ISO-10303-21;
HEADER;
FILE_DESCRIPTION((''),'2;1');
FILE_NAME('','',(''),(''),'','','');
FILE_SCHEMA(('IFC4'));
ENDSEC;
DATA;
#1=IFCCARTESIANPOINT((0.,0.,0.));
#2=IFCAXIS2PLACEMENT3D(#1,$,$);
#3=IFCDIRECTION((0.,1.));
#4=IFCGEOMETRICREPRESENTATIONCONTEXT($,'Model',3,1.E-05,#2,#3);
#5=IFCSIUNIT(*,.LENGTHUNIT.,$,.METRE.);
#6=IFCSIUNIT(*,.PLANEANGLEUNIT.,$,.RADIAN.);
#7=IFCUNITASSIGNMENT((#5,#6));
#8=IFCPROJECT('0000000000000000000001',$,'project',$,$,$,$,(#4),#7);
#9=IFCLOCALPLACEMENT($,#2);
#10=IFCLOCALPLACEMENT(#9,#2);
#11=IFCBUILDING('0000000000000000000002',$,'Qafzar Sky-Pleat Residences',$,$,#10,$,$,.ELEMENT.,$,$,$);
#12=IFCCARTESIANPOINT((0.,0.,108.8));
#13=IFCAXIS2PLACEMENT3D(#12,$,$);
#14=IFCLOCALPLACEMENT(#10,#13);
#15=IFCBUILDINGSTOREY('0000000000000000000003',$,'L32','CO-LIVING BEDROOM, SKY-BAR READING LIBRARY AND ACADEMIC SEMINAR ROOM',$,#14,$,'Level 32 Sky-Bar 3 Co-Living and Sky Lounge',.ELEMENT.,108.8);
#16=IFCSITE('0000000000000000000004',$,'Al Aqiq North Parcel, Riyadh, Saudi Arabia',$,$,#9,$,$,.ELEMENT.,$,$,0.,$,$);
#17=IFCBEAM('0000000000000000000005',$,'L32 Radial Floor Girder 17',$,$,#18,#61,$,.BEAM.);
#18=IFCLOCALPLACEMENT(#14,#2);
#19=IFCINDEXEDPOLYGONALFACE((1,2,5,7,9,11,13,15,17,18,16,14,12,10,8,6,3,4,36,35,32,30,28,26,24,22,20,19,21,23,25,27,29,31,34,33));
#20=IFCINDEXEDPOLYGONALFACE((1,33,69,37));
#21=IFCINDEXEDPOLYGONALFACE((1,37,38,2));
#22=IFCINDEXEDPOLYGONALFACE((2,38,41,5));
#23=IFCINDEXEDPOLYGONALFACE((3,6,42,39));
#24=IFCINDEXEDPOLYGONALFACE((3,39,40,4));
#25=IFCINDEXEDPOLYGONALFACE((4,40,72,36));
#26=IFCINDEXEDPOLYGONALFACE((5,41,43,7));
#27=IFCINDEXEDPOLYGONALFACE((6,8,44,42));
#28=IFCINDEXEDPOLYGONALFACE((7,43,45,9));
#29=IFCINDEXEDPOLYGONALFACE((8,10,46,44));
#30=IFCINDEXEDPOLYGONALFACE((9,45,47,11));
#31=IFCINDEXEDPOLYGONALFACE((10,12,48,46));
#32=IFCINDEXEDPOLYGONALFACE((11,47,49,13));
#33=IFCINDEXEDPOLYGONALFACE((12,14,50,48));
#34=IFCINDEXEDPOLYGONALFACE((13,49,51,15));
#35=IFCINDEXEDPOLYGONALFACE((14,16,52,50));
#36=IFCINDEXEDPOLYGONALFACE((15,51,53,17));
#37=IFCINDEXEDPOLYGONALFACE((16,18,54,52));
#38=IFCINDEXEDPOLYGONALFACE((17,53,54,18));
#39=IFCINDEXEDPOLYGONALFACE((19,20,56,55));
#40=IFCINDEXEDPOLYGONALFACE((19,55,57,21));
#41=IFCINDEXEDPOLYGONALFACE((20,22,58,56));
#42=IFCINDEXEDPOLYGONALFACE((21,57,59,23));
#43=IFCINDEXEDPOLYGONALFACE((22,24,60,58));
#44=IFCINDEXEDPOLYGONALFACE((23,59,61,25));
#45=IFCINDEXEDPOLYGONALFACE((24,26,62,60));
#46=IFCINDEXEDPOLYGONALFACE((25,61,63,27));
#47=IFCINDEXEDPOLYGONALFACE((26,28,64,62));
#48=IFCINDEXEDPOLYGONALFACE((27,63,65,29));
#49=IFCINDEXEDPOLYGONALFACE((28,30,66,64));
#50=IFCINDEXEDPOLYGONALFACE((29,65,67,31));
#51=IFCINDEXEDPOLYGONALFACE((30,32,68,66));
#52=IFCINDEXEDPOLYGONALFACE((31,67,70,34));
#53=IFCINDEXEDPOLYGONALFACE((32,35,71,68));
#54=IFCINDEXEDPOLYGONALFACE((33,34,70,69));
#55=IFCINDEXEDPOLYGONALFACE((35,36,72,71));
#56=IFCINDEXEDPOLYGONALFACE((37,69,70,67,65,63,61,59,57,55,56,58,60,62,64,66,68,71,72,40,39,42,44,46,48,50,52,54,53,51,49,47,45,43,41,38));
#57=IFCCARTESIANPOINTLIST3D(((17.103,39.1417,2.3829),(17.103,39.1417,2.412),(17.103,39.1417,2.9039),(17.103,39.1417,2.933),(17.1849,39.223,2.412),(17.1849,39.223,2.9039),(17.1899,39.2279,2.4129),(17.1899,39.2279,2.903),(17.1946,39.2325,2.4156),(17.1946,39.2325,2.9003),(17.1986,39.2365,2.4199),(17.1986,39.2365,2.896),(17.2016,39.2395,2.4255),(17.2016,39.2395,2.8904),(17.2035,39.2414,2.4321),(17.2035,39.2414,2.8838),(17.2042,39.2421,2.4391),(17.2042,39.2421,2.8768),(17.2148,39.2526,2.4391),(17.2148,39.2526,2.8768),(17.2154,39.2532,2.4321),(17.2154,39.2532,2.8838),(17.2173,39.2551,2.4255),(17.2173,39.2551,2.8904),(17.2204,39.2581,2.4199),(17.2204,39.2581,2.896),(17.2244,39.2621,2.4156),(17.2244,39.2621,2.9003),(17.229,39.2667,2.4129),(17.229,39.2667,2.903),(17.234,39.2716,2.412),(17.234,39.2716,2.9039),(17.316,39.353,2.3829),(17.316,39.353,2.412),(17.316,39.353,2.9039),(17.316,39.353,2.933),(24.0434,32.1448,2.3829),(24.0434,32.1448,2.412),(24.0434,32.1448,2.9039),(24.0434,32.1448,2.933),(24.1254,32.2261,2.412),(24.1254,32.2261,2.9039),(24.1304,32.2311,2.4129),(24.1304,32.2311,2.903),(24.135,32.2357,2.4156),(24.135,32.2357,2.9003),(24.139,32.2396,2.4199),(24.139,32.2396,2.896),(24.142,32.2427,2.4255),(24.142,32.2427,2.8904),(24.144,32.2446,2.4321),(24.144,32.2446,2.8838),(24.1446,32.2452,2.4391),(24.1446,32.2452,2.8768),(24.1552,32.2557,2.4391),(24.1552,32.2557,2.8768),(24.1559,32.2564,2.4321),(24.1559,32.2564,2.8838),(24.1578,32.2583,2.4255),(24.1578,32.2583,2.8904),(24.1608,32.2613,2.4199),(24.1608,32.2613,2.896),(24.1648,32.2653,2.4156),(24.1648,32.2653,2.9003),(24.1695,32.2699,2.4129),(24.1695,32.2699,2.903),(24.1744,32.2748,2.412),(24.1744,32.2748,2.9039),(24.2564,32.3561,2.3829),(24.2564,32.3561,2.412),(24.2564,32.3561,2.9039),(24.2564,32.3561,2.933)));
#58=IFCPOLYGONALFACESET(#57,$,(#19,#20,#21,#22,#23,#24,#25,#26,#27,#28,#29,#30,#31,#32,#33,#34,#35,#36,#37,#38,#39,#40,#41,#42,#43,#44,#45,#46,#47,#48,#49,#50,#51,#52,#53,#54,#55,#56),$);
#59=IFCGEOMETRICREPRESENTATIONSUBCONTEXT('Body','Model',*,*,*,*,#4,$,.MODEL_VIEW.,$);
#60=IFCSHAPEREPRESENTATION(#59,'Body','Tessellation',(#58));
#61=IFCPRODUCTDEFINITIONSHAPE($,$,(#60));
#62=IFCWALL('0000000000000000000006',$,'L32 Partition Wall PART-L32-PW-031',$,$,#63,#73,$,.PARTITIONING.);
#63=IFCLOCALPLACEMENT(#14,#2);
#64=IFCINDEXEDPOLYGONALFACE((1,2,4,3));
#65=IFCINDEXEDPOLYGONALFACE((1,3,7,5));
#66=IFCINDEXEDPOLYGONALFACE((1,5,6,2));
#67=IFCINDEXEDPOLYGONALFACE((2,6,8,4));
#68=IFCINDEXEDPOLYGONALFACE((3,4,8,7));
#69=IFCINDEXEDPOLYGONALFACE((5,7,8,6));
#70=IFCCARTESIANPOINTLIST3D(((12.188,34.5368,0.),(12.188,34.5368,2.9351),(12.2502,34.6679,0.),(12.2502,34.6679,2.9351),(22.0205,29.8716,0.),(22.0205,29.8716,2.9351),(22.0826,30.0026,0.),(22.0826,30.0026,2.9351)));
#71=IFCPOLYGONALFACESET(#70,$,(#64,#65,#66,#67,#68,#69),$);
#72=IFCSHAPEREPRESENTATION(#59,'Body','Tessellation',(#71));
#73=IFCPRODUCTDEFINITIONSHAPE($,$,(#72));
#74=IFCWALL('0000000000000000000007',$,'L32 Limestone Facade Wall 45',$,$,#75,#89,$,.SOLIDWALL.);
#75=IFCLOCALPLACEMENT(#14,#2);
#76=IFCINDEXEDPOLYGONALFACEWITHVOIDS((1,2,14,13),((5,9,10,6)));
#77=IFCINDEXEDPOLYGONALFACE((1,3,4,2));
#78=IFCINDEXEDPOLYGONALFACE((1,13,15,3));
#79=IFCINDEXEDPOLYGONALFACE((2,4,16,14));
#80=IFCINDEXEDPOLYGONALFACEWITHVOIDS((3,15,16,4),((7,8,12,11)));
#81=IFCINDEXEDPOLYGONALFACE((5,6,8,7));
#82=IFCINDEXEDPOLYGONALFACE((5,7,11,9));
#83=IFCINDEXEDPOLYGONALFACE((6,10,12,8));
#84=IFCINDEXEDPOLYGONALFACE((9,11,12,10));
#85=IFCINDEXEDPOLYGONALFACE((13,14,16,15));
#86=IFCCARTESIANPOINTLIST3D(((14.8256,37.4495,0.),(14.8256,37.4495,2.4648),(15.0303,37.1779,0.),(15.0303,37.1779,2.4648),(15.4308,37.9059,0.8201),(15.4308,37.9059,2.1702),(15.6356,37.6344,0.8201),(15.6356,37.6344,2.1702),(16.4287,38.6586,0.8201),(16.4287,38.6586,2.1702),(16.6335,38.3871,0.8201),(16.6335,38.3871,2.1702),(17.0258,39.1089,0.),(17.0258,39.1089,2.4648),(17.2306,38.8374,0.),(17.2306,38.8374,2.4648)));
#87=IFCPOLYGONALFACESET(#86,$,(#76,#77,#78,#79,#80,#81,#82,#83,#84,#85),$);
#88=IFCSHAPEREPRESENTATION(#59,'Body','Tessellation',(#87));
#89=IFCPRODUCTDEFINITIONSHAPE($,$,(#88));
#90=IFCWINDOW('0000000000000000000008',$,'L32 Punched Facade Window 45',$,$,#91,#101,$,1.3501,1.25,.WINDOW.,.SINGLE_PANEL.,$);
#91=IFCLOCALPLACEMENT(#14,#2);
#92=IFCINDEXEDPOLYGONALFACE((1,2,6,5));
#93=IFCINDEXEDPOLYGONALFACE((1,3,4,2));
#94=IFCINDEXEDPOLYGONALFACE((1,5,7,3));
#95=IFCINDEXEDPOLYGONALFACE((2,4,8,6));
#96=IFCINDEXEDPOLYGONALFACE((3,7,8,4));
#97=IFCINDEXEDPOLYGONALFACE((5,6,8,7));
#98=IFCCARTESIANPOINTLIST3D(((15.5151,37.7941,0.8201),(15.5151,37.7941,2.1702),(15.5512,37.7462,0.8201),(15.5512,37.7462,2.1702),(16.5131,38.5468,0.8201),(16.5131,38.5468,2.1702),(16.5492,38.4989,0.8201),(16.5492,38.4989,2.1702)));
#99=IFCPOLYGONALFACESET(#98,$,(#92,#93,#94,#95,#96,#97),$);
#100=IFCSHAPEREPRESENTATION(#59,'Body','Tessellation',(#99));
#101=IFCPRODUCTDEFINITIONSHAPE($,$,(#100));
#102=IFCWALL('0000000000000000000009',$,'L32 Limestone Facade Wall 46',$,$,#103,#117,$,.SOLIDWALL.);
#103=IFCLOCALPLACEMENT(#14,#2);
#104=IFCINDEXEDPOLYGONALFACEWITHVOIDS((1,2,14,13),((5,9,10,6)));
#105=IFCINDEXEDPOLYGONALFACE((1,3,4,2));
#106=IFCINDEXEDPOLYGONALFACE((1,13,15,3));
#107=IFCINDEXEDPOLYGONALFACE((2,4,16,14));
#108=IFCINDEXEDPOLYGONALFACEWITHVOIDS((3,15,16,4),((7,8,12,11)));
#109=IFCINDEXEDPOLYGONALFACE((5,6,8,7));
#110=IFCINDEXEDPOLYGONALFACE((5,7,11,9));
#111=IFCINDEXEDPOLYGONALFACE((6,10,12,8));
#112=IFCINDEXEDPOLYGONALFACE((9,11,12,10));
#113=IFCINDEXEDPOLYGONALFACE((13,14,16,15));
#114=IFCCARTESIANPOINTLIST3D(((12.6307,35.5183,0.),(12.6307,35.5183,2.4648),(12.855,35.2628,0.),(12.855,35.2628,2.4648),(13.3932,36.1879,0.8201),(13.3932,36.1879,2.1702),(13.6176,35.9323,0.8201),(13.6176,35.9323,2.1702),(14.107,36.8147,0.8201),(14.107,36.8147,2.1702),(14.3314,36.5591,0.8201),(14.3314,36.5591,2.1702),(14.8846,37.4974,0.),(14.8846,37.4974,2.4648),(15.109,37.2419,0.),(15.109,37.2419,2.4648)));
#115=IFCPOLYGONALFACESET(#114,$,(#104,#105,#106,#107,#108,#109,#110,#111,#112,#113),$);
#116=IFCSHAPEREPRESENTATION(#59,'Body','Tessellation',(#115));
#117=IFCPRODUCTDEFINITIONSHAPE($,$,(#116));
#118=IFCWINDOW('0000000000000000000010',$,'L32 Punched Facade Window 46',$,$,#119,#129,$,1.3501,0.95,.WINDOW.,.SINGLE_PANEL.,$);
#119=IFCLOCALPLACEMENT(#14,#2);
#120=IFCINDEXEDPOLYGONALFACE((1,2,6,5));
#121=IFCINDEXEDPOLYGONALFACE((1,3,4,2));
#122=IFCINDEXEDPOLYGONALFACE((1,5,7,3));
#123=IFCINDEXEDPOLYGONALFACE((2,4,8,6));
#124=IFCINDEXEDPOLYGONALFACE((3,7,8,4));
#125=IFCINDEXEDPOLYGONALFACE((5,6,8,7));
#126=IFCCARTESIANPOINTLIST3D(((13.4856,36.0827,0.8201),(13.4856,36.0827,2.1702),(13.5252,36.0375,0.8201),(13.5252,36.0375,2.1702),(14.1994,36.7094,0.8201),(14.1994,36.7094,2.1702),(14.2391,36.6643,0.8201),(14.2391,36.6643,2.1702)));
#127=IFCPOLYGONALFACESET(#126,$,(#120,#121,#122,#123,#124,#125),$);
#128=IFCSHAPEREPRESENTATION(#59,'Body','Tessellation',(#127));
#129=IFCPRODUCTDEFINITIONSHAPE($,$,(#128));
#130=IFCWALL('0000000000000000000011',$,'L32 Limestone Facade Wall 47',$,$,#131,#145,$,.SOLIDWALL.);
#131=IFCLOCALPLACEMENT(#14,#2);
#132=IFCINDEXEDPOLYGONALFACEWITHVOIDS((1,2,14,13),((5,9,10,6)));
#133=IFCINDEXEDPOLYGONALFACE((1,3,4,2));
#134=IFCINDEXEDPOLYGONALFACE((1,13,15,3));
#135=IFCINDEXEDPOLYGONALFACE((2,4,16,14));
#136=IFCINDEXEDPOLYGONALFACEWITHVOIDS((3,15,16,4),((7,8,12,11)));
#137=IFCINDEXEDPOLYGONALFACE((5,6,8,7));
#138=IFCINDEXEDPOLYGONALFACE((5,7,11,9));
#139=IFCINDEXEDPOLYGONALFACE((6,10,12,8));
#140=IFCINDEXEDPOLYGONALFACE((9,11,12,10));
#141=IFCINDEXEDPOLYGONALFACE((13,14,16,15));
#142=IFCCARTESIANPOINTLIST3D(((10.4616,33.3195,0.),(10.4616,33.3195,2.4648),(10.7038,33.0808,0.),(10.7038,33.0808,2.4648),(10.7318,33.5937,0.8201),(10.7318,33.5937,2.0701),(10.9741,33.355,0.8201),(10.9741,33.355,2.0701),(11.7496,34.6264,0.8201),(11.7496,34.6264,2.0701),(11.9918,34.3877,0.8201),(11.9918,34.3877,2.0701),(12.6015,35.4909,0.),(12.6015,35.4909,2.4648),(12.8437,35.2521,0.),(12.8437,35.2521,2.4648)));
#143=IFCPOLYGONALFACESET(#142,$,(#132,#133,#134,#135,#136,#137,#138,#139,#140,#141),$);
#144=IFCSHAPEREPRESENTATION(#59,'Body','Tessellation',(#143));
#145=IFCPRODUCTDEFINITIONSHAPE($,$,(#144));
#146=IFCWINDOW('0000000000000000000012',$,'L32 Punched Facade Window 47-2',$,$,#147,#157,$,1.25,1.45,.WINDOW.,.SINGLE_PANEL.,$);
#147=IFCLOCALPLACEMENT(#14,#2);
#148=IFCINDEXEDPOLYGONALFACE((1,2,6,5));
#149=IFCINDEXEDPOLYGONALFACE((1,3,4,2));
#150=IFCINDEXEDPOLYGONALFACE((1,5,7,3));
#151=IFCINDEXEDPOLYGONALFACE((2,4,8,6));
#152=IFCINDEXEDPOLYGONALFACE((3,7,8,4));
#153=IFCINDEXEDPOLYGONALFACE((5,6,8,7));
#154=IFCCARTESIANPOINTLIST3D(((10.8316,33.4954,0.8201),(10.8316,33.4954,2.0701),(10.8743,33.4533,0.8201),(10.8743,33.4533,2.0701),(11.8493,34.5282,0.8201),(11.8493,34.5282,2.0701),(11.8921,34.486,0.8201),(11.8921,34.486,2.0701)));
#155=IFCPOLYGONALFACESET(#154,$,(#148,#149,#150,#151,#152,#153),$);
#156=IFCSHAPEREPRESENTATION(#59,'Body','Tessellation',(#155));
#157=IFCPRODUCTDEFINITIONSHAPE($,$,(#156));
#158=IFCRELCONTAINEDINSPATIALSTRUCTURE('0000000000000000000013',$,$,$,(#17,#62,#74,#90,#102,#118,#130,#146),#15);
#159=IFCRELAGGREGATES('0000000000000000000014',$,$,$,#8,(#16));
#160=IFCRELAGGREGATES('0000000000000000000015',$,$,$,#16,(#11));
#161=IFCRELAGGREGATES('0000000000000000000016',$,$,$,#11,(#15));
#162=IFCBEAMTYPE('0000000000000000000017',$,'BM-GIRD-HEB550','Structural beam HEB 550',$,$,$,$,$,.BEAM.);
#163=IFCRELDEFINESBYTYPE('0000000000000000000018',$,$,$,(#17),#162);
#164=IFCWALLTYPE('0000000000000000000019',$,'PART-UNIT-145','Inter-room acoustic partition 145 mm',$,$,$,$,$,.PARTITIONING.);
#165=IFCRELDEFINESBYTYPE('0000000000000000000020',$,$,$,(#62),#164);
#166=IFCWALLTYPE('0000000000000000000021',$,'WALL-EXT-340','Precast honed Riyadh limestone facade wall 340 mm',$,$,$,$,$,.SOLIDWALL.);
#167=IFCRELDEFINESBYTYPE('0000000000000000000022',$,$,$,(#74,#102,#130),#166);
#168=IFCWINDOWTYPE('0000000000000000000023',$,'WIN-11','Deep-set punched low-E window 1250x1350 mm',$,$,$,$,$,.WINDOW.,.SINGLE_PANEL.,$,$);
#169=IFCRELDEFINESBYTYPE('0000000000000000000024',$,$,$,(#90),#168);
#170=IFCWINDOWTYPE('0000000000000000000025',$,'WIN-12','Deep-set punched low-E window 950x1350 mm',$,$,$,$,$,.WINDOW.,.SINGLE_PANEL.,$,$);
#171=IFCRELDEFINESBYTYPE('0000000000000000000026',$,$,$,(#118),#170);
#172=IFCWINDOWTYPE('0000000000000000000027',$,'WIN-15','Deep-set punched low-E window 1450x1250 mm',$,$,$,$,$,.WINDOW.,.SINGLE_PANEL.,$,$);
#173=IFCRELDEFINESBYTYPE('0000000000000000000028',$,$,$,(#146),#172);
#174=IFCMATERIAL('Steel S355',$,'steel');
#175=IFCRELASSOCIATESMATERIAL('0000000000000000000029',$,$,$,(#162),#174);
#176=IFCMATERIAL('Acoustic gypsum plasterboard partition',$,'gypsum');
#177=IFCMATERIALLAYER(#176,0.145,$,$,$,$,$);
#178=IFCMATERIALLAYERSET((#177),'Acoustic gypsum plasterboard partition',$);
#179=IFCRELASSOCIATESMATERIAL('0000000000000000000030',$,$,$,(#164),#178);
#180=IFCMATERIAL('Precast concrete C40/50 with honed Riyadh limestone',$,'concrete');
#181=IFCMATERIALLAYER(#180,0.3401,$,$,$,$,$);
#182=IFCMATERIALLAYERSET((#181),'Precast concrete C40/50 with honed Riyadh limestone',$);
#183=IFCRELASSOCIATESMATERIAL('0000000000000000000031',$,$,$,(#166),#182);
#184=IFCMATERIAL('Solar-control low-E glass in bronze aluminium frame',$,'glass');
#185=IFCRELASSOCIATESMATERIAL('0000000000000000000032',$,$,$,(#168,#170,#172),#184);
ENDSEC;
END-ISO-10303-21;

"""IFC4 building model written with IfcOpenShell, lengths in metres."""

from ifc_helpers import new_model, si_unit, direction, frame, frame_2d, origin, origin_2d, place, context, subcontext, project, spatial, rectangle, i_section, extrude, source, transform, mapped, material, layer, layer_set, material_profile, profile_set, type_object, element, fill, save


model = new_model("IFC4")

# Units and contexts
model_context = context("Model", 3, precision=1e-05, world=origin(), true_north=direction((0.0, 1.0)))
body_context = subcontext(model_context, "Body", "Model", "MODEL_VIEW")
ifc_project = project(units=[si_unit("LENGTHUNIT", "METRE"), si_unit("PLANEANGLEUNIT", "RADIAN")], contexts=[model_context])

# Site, building, storey
site_placement = place(None, origin())
site = spatial("IfcSite", under=ifc_project, at=site_placement, Name="Al Aqiq North Parcel, Riyadh, Saudi Arabia", CompositionType="ELEMENT", RefElevation=0.0)
building_placement = place(site_placement, origin())
building = spatial("IfcBuilding", under=site, at=building_placement, Name="Qafzar Sky-Pleat Residences", CompositionType="ELEMENT")
storey_placement = place(building_placement, frame((0.0, 0.0, 108.8)))
storey = spatial("IfcBuildingStorey", under=building, at=storey_placement, Name="L32", Description="CO-LIVING BEDROOM, SKY-BAR READING LIBRARY AND ACADEMIC SEMINAR ROOM", LongName="Level 32 Sky-Bar 3 Co-Living and Sky Lounge", CompositionType="ELEMENT", Elevation=108.8)

# Beam
ifc_material_1 = material(Name="Steel S355", Category="steel")
ifc_material_profile_1 = material_profile(ifc_material_1, i_section(OverallWidth=0.3, OverallDepth=0.55, WebThickness=0.0149, FlangeThickness=0.0291, FilletRadius=0.0271, at=origin_2d()), Name="HEB 550")
ifc_profile_set_1 = profile_set([ifc_material_profile_1], Name="Steel S355")
beam_type_1 = type_object("IfcBeamType", Name="BM-GIRD-HEB550", Description="Structural beam HEB 550", PredefinedType="BEAM", material=ifc_profile_set_1)
shared_shape_1 = source(origin(), body_context, "Body", "SweptSolid", [
    extrude(i_section(OverallWidth=0.3, OverallDepth=0.55, WebThickness=0.0149, FlangeThickness=0.0291, FilletRadius=0.0271, at=origin_2d()), origin(), (0.0, 0.0, 1.0), 9.8552),
])
beam_1_placement = place(storey_placement, frame((17.2095, 39.2473, 2.658), z_axis=(0.70424, -0.709962, 0.0), x_axis=(0.709962, 0.70424, 0.0)))
element("IfcBeam", 1, at=beam_1_placement, inside=storey, type_object=beam_type_1, Name="L32 Radial Floor Girder 17", PredefinedType="BEAM", context=body_context, shape_type="MappedRepresentation", body=[
    mapped(shared_shape_1, transform((0.0, 0.0, 0.0), x_axis=(1.0, 0.0, 0.0), y_axis=(0.0, 1.0, 0.0), z_axis=(0.0, 0.0, 1.0), scale=1.0)),
])

# Wall
ifc_material_2 = material(Name="Acoustic gypsum plasterboard partition", Category="gypsum")
ifc_layer_1 = layer(ifc_material_2, 0.145)
ifc_layer_set_1 = layer_set([ifc_layer_1], Name="Acoustic gypsum plasterboard partition")
wall_type_1 = type_object("IfcWallType", Name="PART-UNIT-145", Description="Inter-room acoustic partition 145 mm", PredefinedType="PARTITIONING", material=ifc_layer_set_1)
wall_1_placement = place(storey_placement, frame((12.2192, 34.6023, 0.0), z_axis=(0.0, 0.0, 1.0), x_axis=(0.903461, -0.42867, 0.0)))
element("IfcWall", 2, at=wall_1_placement, inside=storey, type_object=wall_type_1, Name="L32 Partition Wall PART-L32-PW-031", PredefinedType="PARTITIONING", context=body_context, shape_type="SweptSolid", body=[
    extrude(rectangle(XDim=10.8831, YDim=0.145, at=frame_2d((5.4414, 0.0))), origin(), (0.0, 0.0, 1.0), 2.9351),
])

# Walls, openings, windows
ifc_material_3 = material(Name="Precast concrete C40/50 with honed Riyadh limestone", Category="concrete")
ifc_layer_2 = layer(ifc_material_3, 0.3401)
ifc_layer_set_2 = layer_set([ifc_layer_2], Name="Precast concrete C40/50 with honed Riyadh limestone")
wall_type_2 = type_object("IfcWallType", Name="WALL-EXT-340", Description="Precast honed Riyadh limestone facade wall 340 mm", PredefinedType="SOLIDWALL", material=ifc_layer_set_2)
wall_2_placement = place(storey_placement, frame((17.1282, 38.9731, 0.0), z_axis=(0.0, 0.0, 1.0), x_axis=(-0.798381, -0.602152, 0.0)))
wall_2 = element("IfcWall", 3, at=wall_2_placement, inside=storey, type_object=wall_type_2, Name="L32 Limestone Facade Wall 45", PredefinedType="SOLIDWALL", context=body_context, shape_type="SweptSolid", body=[
    extrude(rectangle(XDim=2.7559, YDim=0.3401, at=frame_2d((1.3779, 0.0))), origin(), (0.0, 0.0, 1.0), 2.4648),
])
opening_1_placement = place(wall_2_placement, frame((0.7478, 0.0, 0.8201)))
opening_1 = element("IfcOpeningElement", 4, at=opening_1_placement, cuts=wall_2, PredefinedType="OPENING", context=body_context, shape_type="SweptSolid", body=[
    extrude(rectangle(XDim=1.25, YDim=1.3501, at=frame_2d((0.625, 0.675))), frame((0.0, 0.1802, 0.0), z_axis=(0.0, -1.0, 0.0), x_axis=(1.0, 0.0, 0.0)), (0.0, 0.0, 1.0), 0.3601),
])
ifc_material_4 = material(Name="Solar-control low-E glass in bronze aluminium frame", Category="glass")
window_type_1 = type_object("IfcWindowType", Name="WIN-11", Description="Deep-set punched low-E window 1250x1350 mm", PartitioningType="SINGLE_PANEL", PredefinedType="WINDOW", material=ifc_material_4)
shared_shape_2 = source(origin(), body_context, "Body", "SweptSolid", [
    extrude(rectangle(XDim=1.25, YDim=1.3501, at=frame_2d((0.625, 0.675))), frame((0.0, 0.03, 0.0), z_axis=(0.0, -1.0, 0.0), x_axis=(1.0, 0.0, 0.0)), (0.0, 0.0, 1.0), 0.0601),
])
window_1_placement = place(opening_1_placement, origin())
window_1 = element("IfcWindow", 5, at=window_1_placement, inside=storey, type_object=window_type_1, Name="L32 Punched Facade Window 45", OverallHeight=1.3501, OverallWidth=1.25, PartitioningType="SINGLE_PANEL", PredefinedType="WINDOW", context=body_context, shape_type="MappedRepresentation", body=[
    mapped(shared_shape_2, transform((0.0, 0.0, 0.0), x_axis=(1.0, 0.0, 0.0), y_axis=(0.0, 1.0, 0.0), z_axis=(0.0, 0.0, 1.0), scale=1.0)),
])
fill(opening_1, window_1)
wall_3_placement = place(storey_placement, frame((14.9968, 37.3696, 0.0), z_axis=(0.0, 0.0, 1.0), x_axis=(-0.751446, -0.659794, 0.0)))
wall_3 = element("IfcWall", 6, at=wall_3_placement, inside=storey, type_object=wall_type_2, Name="L32 Limestone Facade Wall 46", PredefinedType="SOLIDWALL", context=body_context, shape_type="SweptSolid", body=[
    extrude(rectangle(XDim=2.9995, YDim=0.3401, at=frame_2d((1.4998, 0.0))), origin(), (0.0, 0.0, 1.0), 2.4648),
])
opening_2_placement = place(wall_3_placement, frame((1.0347, 0.0, 0.8201)))
opening_2 = element("IfcOpeningElement", 7, at=opening_2_placement, cuts=wall_3, PredefinedType="OPENING", context=body_context, shape_type="SweptSolid", body=[
    extrude(rectangle(XDim=0.95, YDim=1.3501, at=frame_2d((0.4751, 0.675))), frame((0.0, 0.1802, 0.0), z_axis=(0.0, -1.0, 0.0), x_axis=(1.0, 0.0, 0.0)), (0.0, 0.0, 1.0), 0.3601),
])
window_type_2 = type_object("IfcWindowType", Name="WIN-12", Description="Deep-set punched low-E window 950x1350 mm", PartitioningType="SINGLE_PANEL", PredefinedType="WINDOW", material=ifc_material_4)
shared_shape_3 = source(origin(), body_context, "Body", "SweptSolid", [
    extrude(rectangle(XDim=0.95, YDim=1.3501, at=frame_2d((0.4751, 0.675))), frame((0.0, 0.03, 0.0), z_axis=(0.0, -1.0, 0.0), x_axis=(1.0, 0.0, 0.0)), (0.0, 0.0, 1.0), 0.0601),
])
window_2_placement = place(opening_2_placement, origin())
window_2 = element("IfcWindow", 8, at=window_2_placement, inside=storey, type_object=window_type_2, Name="L32 Punched Facade Window 46", OverallHeight=1.3501, OverallWidth=0.95, PartitioningType="SINGLE_PANEL", PredefinedType="WINDOW", context=body_context, shape_type="MappedRepresentation", body=[
    mapped(shared_shape_3, transform((0.0, 0.0, 0.0), x_axis=(1.0, 0.0, 0.0), y_axis=(0.0, 1.0, 0.0), z_axis=(0.0, 0.0, 1.0), scale=1.0)),
])
fill(opening_2, window_2)
wall_4_placement = place(storey_placement, frame((12.7227, 35.3716, 0.0), z_axis=(0.0, 0.0, 1.0), x_axis=(-0.701923, -0.712253, 0.0)))
wall_4 = element("IfcWall", 9, at=wall_4_placement, inside=storey, type_object=wall_type_2, Name="L32 Limestone Facade Wall 47", PredefinedType="SOLIDWALL", context=body_context, shape_type="SweptSolid", body=[
    extrude(rectangle(XDim=3.0486, YDim=0.3401, at=frame_2d((1.5244, 0.0))), origin(), (0.0, 0.0, 1.0), 2.4648),
])
opening_3_placement = place(wall_4_placement, frame((1.2136, 0.0, 0.8201)))
opening_3 = element("IfcOpeningElement", 10, at=opening_3_placement, cuts=wall_4, PredefinedType="OPENING", context=body_context, shape_type="SweptSolid", body=[
    extrude(rectangle(XDim=1.45, YDim=1.25, at=frame_2d((0.7251, 0.625))), frame((0.0, 0.1802, 0.0), z_axis=(0.0, -1.0, 0.0), x_axis=(1.0, 0.0, 0.0)), (0.0, 0.0, 1.0), 0.3601),
])
window_type_3 = type_object("IfcWindowType", Name="WIN-15", Description="Deep-set punched low-E window 1450x1250 mm", PartitioningType="SINGLE_PANEL", PredefinedType="WINDOW", material=ifc_material_4)
shared_shape_4 = source(origin(), body_context, "Body", "SweptSolid", [
    extrude(rectangle(XDim=1.45, YDim=1.25, at=frame_2d((0.7251, 0.625))), frame((0.0, 0.03, 0.0), z_axis=(0.0, -1.0, 0.0), x_axis=(1.0, 0.0, 0.0)), (0.0, 0.0, 1.0), 0.0601),
])
window_3_placement = place(opening_3_placement, origin())
window_3 = element("IfcWindow", 11, at=window_3_placement, inside=storey, type_object=window_type_3, Name="L32 Punched Facade Window 47-2", OverallHeight=1.25, OverallWidth=1.45, PartitioningType="SINGLE_PANEL", PredefinedType="WINDOW", context=body_context, shape_type="MappedRepresentation", body=[
    mapped(shared_shape_4, transform((0.0, 0.0, 0.0), x_axis=(1.0, 0.0, 0.0), y_axis=(0.0, 1.0, 0.0), z_axis=(0.0, 0.0, 1.0), scale=1.0)),
])
fill(opening_3, window_3)

save(model, "model.ifc")
